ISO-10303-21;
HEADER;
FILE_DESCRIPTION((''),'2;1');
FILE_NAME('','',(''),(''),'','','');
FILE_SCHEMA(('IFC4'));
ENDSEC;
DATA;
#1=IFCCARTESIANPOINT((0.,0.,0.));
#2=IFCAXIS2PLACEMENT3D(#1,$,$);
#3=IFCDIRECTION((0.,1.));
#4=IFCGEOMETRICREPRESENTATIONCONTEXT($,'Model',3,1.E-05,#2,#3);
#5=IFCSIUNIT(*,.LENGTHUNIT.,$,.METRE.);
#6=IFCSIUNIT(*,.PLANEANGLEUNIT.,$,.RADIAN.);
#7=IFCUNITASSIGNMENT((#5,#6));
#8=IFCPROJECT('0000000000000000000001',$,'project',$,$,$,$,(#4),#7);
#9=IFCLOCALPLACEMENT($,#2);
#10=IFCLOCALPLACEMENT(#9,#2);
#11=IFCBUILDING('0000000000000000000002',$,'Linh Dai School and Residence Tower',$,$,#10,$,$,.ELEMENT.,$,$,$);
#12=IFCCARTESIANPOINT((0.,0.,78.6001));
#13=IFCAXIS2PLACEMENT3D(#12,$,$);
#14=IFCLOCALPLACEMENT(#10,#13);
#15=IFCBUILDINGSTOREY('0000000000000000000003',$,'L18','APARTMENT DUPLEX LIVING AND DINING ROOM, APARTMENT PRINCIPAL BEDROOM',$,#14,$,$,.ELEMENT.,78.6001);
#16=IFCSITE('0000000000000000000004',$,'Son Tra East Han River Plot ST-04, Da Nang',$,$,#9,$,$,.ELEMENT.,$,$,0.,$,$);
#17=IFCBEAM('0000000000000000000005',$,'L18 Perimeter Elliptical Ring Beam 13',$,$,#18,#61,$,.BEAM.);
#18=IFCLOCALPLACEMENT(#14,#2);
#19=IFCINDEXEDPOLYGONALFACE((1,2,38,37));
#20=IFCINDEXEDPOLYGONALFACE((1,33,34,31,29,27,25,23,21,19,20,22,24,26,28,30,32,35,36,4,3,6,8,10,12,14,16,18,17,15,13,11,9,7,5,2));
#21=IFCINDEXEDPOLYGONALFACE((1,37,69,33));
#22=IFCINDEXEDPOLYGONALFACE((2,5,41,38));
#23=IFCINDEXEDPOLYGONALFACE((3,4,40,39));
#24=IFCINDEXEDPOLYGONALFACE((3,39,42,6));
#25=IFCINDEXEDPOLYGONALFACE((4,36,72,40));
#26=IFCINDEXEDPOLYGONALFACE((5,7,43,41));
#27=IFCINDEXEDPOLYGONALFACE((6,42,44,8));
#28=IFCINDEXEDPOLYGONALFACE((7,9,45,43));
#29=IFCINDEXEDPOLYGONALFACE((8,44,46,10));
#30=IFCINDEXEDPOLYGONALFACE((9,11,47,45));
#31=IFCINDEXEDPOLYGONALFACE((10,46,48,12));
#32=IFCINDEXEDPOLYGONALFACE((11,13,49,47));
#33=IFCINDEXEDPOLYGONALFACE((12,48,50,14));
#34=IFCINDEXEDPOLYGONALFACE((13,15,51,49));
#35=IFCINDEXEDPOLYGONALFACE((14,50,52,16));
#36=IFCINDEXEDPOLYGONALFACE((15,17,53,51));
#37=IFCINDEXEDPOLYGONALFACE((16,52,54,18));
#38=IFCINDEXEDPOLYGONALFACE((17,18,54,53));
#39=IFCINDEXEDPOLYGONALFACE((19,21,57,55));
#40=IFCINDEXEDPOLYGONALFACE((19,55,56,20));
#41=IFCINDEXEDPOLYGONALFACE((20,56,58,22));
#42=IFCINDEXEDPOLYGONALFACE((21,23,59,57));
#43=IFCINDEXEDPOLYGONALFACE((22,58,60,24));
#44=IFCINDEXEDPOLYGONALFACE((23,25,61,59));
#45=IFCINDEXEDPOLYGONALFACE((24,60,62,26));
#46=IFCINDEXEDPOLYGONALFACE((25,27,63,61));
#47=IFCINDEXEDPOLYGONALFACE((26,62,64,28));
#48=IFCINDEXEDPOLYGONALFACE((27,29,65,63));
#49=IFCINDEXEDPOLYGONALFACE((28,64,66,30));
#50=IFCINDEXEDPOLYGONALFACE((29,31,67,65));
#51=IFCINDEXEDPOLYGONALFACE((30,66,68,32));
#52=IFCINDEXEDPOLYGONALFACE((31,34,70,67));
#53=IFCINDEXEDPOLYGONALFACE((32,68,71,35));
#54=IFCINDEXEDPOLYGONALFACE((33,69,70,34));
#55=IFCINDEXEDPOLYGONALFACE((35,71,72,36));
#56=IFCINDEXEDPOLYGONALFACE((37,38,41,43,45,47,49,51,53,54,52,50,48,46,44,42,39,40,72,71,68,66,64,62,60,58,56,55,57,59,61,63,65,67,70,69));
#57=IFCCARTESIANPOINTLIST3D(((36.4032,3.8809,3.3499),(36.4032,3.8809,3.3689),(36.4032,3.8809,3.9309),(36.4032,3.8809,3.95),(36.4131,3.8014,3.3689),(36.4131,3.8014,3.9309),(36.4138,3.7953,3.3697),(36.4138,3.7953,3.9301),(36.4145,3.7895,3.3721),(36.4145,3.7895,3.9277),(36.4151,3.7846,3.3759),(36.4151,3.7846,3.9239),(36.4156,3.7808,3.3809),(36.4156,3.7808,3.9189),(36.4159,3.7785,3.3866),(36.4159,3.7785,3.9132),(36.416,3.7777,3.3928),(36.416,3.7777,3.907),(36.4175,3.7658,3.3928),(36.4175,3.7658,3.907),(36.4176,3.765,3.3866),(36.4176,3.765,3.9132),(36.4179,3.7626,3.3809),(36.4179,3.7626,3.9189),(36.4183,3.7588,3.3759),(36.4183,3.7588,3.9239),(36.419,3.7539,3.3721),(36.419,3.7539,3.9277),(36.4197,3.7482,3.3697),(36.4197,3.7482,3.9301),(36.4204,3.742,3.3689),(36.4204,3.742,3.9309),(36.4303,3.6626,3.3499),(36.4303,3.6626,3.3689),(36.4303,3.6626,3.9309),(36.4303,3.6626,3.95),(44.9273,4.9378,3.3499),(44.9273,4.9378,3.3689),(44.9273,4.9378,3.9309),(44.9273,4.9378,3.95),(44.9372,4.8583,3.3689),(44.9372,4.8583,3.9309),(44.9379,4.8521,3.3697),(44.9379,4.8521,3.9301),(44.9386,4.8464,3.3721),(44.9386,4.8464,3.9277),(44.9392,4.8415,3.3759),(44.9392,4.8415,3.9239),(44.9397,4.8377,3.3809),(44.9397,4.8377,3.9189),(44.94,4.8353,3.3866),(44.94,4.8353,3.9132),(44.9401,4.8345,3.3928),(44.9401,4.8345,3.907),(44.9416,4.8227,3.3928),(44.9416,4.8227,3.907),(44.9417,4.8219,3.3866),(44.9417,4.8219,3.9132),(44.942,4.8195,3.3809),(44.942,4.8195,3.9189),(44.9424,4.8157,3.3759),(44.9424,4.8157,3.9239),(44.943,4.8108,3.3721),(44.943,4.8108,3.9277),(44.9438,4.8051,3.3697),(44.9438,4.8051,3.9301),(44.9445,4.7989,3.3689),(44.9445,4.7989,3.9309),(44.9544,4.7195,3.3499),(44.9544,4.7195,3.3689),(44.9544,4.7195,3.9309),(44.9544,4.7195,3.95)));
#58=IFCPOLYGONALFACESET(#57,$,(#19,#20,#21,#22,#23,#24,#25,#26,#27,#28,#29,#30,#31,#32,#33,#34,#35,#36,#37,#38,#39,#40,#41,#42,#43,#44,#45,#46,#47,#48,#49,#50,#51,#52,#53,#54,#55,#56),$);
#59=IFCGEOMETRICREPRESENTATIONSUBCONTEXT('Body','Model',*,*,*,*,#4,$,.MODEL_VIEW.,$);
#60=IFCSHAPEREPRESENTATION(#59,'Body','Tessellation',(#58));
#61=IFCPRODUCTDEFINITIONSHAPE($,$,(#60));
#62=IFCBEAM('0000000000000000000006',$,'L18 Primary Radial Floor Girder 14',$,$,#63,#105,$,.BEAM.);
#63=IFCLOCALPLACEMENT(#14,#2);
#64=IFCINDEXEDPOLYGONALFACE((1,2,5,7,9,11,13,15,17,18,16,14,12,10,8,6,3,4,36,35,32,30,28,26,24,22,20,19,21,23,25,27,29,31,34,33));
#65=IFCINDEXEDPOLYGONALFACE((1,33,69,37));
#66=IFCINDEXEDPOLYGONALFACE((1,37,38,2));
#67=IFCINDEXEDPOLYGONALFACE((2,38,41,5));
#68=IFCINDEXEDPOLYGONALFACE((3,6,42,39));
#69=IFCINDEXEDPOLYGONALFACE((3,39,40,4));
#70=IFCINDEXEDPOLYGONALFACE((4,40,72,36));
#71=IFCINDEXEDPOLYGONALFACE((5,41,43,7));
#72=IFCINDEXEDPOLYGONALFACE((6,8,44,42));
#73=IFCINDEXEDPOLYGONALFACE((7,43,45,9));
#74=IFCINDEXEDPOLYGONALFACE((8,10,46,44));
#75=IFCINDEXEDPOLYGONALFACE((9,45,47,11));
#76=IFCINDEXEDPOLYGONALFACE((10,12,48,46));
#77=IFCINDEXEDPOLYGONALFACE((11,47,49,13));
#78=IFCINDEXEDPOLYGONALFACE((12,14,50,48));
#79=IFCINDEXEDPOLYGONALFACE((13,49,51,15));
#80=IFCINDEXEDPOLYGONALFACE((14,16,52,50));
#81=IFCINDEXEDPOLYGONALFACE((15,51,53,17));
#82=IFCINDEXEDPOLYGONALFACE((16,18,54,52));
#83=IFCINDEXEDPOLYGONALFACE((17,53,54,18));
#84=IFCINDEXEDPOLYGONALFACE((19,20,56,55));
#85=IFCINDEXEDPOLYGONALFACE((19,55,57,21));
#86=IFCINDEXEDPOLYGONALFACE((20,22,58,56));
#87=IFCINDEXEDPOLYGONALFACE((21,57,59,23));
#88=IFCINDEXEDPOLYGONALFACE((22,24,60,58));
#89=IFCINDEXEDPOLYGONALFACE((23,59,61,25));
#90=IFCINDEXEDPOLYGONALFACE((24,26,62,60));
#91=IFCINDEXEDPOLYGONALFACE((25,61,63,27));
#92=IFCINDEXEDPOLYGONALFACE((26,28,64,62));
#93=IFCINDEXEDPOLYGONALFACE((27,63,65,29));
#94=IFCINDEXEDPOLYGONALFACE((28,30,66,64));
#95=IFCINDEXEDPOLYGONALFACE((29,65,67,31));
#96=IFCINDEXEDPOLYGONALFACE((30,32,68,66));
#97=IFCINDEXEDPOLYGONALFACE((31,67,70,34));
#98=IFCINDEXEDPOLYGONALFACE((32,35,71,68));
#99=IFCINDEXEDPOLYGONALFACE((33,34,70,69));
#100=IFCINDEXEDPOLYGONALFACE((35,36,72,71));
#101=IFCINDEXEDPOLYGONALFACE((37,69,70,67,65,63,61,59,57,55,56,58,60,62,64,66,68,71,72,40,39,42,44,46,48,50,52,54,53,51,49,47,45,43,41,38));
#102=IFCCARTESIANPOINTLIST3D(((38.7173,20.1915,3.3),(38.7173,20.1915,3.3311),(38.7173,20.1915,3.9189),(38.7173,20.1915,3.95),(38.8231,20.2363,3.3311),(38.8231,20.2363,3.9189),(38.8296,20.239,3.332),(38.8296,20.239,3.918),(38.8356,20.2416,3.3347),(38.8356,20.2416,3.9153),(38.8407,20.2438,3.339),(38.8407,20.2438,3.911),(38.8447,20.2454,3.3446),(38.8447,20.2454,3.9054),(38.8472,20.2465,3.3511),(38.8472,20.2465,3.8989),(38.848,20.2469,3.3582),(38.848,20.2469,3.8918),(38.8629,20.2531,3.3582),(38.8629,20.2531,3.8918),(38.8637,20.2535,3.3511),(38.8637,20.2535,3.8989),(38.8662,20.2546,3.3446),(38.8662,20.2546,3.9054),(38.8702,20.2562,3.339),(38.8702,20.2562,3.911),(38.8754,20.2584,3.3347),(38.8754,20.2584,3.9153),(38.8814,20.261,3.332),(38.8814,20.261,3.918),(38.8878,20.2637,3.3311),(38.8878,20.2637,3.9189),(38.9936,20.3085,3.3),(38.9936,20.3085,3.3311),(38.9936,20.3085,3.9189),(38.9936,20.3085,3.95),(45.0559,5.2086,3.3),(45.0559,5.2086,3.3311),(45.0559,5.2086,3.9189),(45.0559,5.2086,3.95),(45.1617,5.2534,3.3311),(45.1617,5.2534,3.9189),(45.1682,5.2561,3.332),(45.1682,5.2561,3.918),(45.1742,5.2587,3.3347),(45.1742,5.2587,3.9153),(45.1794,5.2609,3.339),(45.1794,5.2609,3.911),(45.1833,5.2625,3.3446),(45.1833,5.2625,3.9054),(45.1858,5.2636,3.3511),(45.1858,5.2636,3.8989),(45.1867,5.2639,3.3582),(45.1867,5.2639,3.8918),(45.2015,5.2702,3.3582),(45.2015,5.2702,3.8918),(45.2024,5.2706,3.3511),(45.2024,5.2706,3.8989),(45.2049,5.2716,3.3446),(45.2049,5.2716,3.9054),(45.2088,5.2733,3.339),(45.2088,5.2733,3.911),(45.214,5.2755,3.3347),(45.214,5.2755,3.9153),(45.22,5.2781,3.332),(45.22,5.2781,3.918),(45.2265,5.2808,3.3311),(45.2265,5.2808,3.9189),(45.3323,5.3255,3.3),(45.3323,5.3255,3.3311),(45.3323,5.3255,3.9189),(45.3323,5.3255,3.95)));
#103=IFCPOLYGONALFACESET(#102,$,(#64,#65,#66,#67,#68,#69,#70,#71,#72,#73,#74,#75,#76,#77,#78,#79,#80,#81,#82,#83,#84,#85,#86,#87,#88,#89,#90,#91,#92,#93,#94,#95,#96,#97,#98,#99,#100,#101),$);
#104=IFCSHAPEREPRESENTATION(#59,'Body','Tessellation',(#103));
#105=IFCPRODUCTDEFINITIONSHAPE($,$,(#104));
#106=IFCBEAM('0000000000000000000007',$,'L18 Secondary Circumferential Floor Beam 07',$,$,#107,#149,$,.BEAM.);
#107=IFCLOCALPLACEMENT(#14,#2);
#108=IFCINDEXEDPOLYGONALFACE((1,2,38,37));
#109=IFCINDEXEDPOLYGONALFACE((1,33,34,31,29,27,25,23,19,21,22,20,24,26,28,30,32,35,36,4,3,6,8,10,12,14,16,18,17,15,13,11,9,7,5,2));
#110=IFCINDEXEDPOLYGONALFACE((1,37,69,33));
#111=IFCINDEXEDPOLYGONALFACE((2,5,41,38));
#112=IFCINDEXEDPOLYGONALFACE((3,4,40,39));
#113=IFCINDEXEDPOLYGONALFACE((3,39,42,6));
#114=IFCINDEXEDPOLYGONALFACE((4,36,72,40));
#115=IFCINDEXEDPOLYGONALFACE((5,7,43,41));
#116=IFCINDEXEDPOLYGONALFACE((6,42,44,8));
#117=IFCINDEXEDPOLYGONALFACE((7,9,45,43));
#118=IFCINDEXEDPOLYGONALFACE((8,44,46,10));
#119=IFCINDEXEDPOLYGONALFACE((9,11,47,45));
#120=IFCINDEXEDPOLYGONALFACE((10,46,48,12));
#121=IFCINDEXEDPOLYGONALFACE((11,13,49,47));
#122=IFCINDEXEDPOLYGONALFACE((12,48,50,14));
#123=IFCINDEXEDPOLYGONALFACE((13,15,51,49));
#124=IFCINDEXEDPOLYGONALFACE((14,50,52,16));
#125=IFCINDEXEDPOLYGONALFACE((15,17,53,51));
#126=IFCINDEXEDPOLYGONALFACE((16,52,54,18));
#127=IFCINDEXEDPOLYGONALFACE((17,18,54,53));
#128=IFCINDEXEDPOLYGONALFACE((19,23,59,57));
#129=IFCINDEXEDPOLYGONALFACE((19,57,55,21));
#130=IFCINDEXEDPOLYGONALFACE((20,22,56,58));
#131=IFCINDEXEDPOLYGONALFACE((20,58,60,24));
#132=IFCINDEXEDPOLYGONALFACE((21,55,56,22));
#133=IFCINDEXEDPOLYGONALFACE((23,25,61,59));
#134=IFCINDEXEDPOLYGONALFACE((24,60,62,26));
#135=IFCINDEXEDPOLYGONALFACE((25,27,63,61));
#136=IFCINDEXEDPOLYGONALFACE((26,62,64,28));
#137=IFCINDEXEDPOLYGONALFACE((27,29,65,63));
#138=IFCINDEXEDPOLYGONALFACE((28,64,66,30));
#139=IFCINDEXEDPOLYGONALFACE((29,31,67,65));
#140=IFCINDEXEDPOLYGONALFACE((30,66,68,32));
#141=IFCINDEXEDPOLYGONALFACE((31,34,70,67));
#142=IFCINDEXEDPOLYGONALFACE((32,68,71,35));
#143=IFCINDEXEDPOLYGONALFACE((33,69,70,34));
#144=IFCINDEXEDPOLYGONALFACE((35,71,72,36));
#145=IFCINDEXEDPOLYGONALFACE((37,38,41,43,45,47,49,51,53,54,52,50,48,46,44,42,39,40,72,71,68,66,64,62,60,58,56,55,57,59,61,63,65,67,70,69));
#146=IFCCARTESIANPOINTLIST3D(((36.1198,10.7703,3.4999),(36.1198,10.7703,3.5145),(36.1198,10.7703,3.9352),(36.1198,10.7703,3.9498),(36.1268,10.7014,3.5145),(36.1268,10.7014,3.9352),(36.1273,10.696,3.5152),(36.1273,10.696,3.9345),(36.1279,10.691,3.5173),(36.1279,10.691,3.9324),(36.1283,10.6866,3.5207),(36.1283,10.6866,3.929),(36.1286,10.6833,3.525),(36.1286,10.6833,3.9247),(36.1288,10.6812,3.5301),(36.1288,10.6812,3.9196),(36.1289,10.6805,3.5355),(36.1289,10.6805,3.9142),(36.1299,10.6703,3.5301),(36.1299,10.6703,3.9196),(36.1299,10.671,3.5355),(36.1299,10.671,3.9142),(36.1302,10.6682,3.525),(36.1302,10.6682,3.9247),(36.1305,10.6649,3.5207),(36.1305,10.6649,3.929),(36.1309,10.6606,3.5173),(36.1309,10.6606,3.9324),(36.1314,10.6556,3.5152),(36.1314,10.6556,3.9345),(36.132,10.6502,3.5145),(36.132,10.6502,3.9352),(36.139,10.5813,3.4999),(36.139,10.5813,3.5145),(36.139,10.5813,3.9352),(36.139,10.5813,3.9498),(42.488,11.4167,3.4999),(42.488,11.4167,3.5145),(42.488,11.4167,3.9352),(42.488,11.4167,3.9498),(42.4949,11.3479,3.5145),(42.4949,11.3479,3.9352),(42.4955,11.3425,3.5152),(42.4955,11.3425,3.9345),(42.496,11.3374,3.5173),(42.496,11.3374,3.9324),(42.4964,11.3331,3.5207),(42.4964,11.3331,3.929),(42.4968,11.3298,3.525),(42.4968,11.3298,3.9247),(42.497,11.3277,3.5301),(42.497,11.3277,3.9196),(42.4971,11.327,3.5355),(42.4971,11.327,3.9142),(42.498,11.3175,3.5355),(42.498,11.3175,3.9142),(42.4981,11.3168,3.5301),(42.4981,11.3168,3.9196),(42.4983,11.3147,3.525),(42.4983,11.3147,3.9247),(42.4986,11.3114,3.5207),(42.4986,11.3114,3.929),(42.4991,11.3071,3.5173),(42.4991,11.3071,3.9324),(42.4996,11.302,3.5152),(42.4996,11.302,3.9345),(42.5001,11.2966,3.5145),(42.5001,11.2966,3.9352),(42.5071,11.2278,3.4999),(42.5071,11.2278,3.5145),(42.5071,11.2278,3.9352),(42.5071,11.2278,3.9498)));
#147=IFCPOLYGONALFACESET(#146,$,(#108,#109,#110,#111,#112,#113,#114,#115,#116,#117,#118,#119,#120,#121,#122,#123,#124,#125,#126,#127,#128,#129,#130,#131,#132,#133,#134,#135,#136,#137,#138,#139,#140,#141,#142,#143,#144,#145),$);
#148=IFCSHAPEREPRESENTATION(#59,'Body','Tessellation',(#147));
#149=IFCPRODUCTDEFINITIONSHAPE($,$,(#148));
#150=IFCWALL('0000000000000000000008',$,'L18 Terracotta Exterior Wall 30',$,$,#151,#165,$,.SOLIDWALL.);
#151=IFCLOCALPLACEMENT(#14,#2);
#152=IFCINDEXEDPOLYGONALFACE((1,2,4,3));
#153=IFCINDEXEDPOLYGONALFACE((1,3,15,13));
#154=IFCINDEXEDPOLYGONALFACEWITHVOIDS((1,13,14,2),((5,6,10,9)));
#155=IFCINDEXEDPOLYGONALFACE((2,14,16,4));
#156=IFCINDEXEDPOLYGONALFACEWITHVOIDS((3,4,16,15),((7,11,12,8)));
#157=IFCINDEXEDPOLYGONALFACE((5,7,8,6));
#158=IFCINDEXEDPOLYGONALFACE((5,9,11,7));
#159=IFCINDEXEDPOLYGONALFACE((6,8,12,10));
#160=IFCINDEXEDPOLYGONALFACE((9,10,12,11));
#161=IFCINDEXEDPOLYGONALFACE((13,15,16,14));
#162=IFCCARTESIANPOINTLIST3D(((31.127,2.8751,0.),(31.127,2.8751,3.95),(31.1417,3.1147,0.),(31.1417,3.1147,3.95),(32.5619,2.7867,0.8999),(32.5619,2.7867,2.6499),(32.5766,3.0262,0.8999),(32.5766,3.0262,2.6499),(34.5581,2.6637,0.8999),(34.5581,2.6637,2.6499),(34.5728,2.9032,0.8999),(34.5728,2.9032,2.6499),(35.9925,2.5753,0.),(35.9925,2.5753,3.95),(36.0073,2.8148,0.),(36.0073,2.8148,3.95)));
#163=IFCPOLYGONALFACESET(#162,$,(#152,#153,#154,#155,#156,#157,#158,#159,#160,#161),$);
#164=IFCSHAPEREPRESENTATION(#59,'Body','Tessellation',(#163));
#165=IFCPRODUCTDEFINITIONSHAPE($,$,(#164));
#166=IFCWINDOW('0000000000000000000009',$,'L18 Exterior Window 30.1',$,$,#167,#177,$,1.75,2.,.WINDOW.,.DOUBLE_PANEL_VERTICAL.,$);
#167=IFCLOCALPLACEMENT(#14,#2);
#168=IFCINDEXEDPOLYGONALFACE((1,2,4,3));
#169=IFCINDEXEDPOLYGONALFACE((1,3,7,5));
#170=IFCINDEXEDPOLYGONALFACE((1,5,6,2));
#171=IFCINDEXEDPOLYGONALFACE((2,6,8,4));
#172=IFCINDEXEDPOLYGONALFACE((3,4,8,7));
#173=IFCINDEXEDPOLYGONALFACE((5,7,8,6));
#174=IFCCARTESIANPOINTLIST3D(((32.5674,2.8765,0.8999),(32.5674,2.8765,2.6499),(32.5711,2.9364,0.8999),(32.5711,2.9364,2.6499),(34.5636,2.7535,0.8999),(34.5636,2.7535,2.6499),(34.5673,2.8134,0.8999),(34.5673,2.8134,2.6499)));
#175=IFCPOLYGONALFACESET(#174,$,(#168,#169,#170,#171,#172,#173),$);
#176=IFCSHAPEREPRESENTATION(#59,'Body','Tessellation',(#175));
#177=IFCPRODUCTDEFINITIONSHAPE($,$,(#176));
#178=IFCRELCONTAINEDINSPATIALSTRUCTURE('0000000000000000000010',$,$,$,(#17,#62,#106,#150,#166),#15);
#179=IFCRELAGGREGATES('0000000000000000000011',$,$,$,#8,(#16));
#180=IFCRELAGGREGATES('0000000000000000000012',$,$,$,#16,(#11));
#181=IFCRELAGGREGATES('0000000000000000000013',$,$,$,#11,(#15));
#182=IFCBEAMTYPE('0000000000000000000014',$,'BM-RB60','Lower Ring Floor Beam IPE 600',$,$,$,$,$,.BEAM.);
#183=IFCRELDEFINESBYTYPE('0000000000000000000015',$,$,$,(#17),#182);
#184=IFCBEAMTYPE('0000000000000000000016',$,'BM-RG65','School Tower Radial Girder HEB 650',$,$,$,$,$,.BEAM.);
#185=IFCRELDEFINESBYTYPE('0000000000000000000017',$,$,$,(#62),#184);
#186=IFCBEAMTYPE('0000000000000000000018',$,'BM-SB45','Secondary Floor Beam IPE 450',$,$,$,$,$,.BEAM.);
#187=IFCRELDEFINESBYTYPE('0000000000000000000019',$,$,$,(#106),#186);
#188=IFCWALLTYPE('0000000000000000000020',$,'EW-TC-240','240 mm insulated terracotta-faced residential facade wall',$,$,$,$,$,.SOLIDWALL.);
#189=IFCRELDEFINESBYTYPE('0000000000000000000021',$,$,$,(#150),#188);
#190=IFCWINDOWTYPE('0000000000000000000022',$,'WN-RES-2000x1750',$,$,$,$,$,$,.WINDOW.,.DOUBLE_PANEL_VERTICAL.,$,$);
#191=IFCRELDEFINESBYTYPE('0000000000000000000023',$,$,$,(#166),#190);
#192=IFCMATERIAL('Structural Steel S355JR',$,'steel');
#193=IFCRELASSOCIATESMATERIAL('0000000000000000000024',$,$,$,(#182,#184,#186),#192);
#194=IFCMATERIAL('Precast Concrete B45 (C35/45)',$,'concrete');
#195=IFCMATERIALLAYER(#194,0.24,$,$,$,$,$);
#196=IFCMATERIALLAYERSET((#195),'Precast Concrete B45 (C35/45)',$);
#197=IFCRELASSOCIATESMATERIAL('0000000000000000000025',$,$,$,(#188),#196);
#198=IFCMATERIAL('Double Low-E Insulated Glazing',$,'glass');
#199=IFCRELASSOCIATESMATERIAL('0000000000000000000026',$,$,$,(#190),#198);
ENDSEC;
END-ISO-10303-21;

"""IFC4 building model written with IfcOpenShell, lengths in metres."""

from ifc_helpers import new_model, si_unit, direction, frame, frame_2d, origin, origin_2d, place, context, subcontext, project, spatial, rectangle, i_section, extrude, source, transform, mapped, material, layer, layer_set, material_profile, profile_set, type_object, element, fill, save


model = new_model("IFC4")

# Units and contexts
model_context = context("Model", 3, precision=1e-05, world=origin(), true_north=direction((0.0, 1.0)))
body_context = subcontext(model_context, "Body", "Model", "MODEL_VIEW")
ifc_project = project(units=[si_unit("LENGTHUNIT", "METRE"), si_unit("PLANEANGLEUNIT", "RADIAN")], contexts=[model_context])

# Site, building, storey
site_placement = place(None, origin())
site = spatial("IfcSite", under=ifc_project, at=site_placement, Name="Son Tra East Han River Plot ST-04, Da Nang", CompositionType="ELEMENT", RefElevation=0.0)
building_placement = place(site_placement, origin())
building = spatial("IfcBuilding", under=site, at=building_placement, Name="Linh Dai School and Residence Tower", CompositionType="ELEMENT")
storey_placement = place(building_placement, frame((0.0, 0.0, 78.6001)))
storey = spatial("IfcBuildingStorey", under=building, at=storey_placement, Name="L18", Description="APARTMENT DUPLEX LIVING AND DINING ROOM, APARTMENT PRINCIPAL BEDROOM", CompositionType="ELEMENT", Elevation=78.6001)

# Beams
ifc_material_1 = material(Name="Structural Steel S355JR", Category="steel")
ifc_material_profile_1 = material_profile(ifc_material_1, i_section(OverallWidth=0.22, OverallDepth=0.6001, WebThickness=0.012, FlangeThickness=0.019, FilletRadius=0.0239, at=origin_2d()), Name="IPE 600")
ifc_profile_set_1 = profile_set([ifc_material_profile_1], Name="Structural Steel S355JR")
beam_type_1 = type_object("IfcBeamType", Name="BM-RB60", Description="Lower Ring Floor Beam IPE 600", PredefinedType="BEAM", material=ifc_profile_set_1)
beam_1_placement = place(storey_placement, frame((36.4167, 3.7717, 3.6499), z_axis=(0.992401, 0.123045, 0.0), x_axis=(-0.123045, 0.992401, 0.0)))
element("IfcBeam", 1, at=beam_1_placement, inside=storey, type_object=beam_type_1, Name="L18 Perimeter Elliptical Ring Beam 13", PredefinedType="BEAM", context=body_context, shape_type="SweptSolid", body=[
    extrude(i_section(OverallWidth=0.22, OverallDepth=0.6001, WebThickness=0.012, FlangeThickness=0.019, FilletRadius=0.0239, at=origin_2d()), origin(), (0.0, 0.0, 1.0), 8.5894),
])
ifc_material_profile_2 = material_profile(ifc_material_1, i_section(OverallWidth=0.3, OverallDepth=0.6499, WebThickness=0.0161, FlangeThickness=0.031, FilletRadius=0.0271, at=origin_2d()), Name="HEB 650")
ifc_profile_set_2 = profile_set([ifc_material_profile_2], Name="Structural Steel S355JR")
beam_type_2 = type_object("IfcBeamType", Name="BM-RG65", Description="School Tower Radial Girder HEB 650", PredefinedType="BEAM", material=ifc_profile_set_2)
beam_2_placement = place(storey_placement, frame((38.8555, 20.25, 3.625), z_axis=(0.389624, -0.920974, 0.0), x_axis=(0.920974, 0.389624, 0.0)))
element("IfcBeam", 2, at=beam_2_placement, inside=storey, type_object=beam_type_2, Name="L18 Primary Radial Floor Girder 14", PredefinedType="BEAM", context=body_context, shape_type="SweptSolid", body=[
    extrude(i_section(OverallWidth=0.3, OverallDepth=0.6499, WebThickness=0.0161, FlangeThickness=0.031, FilletRadius=0.0271, at=origin_2d()), origin(), (0.0, 0.0, 1.0), 16.2686),
])
ifc_material_profile_3 = material_profile(ifc_material_1, i_section(OverallWidth=0.1899, OverallDepth=0.45, WebThickness=0.0095, FlangeThickness=0.0146, FilletRadius=0.021, at=origin_2d()), Name="IPE 450")
ifc_profile_set_3 = profile_set([ifc_material_profile_3], Name="Structural Steel S355JR")
beam_type_3 = type_object("IfcBeamType", Name="BM-SB45", Description="Secondary Floor Beam IPE 450", PredefinedType="BEAM", material=ifc_profile_set_3)
beam_3_placement = place(storey_placement, frame((36.1294, 10.6758, 3.7249), z_axis=(0.994887, 0.100999, 0.0), x_axis=(-0.100999, 0.994887, 0.0)))
element("IfcBeam", 3, at=beam_3_placement, inside=storey, type_object=beam_type_3, Name="L18 Secondary Circumferential Floor Beam 07", PredefinedType="BEAM", context=body_context, shape_type="SweptSolid", body=[
    extrude(i_section(OverallWidth=0.1899, OverallDepth=0.45, WebThickness=0.0095, FlangeThickness=0.0146, FilletRadius=0.021, at=origin_2d()), origin(), (0.0, 0.0, 1.0), 6.4009),
])

# Wall, opening, window
ifc_material_2 = material(Name="Precast Concrete B45 (C35/45)", Category="concrete")
ifc_layer_1 = layer(ifc_material_2, 0.24)
ifc_layer_set_1 = layer_set([ifc_layer_1], Name="Precast Concrete B45 (C35/45)")
wall_type_1 = type_object("IfcWallType", Name="EW-TC-240", Description="240 mm insulated terracotta-faced residential facade wall", PredefinedType="SOLIDWALL", material=ifc_layer_set_1)
wall_1_placement = place(storey_placement, frame((36.0, 2.6951, 0.0), z_axis=(0.0, 0.0, 1.0), x_axis=(-0.998107, 0.061502, 0.0)))
wall_1 = element("IfcWall", 4, at=wall_1_placement, inside=storey, type_object=wall_type_1, Name="L18 Terracotta Exterior Wall 30", PredefinedType="SOLIDWALL", context=body_context, shape_type="SweptSolid", body=[
    extrude(rectangle(XDim=4.8748, YDim=0.24, at=frame_2d((2.4375, 0.0))), origin(), (0.0, 0.0, 1.0), 3.95),
])
opening_1_placement = place(wall_1_placement, frame((1.4373, 0.0, 0.8999)))
opening_1 = element("IfcOpeningElement", 5, at=opening_1_placement, cuts=wall_1, PredefinedType="OPENING", context=body_context, shape_type="SweptSolid", body=[
    extrude(rectangle(XDim=2.0, YDim=1.75, at=origin_2d()), frame((1.0, 0.1299, 0.875), z_axis=(0.0, -1.0, 0.0), x_axis=(1.0, 0.0, 0.0)), (0.0, 0.0, 1.0), 0.26),
])
ifc_material_3 = material(Name="Double Low-E Insulated Glazing", Category="glass")
window_type = type_object("IfcWindowType", Name="WN-RES-2000x1750", PartitioningType="DOUBLE_PANEL_VERTICAL", PredefinedType="WINDOW", material=ifc_material_3)
shared_shape_1 = source(origin(), body_context, "Body", "SweptSolid", [
    extrude(rectangle(XDim=2.0, YDim=1.75, at=origin_2d()), frame((1.0, 0.03, 0.875), z_axis=(0.0, -1.0, 0.0), x_axis=(1.0, 0.0, 0.0)), (0.0, 0.0, 1.0), 0.0601),
])
window_1_placement = place(opening_1_placement, origin())
window_1 = element("IfcWindow", 6, at=window_1_placement, inside=storey, type_object=window_type, Name="L18 Exterior Window 30.1", OverallHeight=1.75, OverallWidth=2.0, PartitioningType="DOUBLE_PANEL_VERTICAL", PredefinedType="WINDOW", context=body_context, shape_type="MappedRepresentation", body=[
    mapped(shared_shape_1, transform((0.0, 0.0, 0.0), x_axis=(1.0, 0.0, 0.0), y_axis=(0.0, 1.0, 0.0), z_axis=(0.0, 0.0, 1.0), scale=1.0)),
])
fill(opening_1, window_1)

save(model, "model.ifc")
